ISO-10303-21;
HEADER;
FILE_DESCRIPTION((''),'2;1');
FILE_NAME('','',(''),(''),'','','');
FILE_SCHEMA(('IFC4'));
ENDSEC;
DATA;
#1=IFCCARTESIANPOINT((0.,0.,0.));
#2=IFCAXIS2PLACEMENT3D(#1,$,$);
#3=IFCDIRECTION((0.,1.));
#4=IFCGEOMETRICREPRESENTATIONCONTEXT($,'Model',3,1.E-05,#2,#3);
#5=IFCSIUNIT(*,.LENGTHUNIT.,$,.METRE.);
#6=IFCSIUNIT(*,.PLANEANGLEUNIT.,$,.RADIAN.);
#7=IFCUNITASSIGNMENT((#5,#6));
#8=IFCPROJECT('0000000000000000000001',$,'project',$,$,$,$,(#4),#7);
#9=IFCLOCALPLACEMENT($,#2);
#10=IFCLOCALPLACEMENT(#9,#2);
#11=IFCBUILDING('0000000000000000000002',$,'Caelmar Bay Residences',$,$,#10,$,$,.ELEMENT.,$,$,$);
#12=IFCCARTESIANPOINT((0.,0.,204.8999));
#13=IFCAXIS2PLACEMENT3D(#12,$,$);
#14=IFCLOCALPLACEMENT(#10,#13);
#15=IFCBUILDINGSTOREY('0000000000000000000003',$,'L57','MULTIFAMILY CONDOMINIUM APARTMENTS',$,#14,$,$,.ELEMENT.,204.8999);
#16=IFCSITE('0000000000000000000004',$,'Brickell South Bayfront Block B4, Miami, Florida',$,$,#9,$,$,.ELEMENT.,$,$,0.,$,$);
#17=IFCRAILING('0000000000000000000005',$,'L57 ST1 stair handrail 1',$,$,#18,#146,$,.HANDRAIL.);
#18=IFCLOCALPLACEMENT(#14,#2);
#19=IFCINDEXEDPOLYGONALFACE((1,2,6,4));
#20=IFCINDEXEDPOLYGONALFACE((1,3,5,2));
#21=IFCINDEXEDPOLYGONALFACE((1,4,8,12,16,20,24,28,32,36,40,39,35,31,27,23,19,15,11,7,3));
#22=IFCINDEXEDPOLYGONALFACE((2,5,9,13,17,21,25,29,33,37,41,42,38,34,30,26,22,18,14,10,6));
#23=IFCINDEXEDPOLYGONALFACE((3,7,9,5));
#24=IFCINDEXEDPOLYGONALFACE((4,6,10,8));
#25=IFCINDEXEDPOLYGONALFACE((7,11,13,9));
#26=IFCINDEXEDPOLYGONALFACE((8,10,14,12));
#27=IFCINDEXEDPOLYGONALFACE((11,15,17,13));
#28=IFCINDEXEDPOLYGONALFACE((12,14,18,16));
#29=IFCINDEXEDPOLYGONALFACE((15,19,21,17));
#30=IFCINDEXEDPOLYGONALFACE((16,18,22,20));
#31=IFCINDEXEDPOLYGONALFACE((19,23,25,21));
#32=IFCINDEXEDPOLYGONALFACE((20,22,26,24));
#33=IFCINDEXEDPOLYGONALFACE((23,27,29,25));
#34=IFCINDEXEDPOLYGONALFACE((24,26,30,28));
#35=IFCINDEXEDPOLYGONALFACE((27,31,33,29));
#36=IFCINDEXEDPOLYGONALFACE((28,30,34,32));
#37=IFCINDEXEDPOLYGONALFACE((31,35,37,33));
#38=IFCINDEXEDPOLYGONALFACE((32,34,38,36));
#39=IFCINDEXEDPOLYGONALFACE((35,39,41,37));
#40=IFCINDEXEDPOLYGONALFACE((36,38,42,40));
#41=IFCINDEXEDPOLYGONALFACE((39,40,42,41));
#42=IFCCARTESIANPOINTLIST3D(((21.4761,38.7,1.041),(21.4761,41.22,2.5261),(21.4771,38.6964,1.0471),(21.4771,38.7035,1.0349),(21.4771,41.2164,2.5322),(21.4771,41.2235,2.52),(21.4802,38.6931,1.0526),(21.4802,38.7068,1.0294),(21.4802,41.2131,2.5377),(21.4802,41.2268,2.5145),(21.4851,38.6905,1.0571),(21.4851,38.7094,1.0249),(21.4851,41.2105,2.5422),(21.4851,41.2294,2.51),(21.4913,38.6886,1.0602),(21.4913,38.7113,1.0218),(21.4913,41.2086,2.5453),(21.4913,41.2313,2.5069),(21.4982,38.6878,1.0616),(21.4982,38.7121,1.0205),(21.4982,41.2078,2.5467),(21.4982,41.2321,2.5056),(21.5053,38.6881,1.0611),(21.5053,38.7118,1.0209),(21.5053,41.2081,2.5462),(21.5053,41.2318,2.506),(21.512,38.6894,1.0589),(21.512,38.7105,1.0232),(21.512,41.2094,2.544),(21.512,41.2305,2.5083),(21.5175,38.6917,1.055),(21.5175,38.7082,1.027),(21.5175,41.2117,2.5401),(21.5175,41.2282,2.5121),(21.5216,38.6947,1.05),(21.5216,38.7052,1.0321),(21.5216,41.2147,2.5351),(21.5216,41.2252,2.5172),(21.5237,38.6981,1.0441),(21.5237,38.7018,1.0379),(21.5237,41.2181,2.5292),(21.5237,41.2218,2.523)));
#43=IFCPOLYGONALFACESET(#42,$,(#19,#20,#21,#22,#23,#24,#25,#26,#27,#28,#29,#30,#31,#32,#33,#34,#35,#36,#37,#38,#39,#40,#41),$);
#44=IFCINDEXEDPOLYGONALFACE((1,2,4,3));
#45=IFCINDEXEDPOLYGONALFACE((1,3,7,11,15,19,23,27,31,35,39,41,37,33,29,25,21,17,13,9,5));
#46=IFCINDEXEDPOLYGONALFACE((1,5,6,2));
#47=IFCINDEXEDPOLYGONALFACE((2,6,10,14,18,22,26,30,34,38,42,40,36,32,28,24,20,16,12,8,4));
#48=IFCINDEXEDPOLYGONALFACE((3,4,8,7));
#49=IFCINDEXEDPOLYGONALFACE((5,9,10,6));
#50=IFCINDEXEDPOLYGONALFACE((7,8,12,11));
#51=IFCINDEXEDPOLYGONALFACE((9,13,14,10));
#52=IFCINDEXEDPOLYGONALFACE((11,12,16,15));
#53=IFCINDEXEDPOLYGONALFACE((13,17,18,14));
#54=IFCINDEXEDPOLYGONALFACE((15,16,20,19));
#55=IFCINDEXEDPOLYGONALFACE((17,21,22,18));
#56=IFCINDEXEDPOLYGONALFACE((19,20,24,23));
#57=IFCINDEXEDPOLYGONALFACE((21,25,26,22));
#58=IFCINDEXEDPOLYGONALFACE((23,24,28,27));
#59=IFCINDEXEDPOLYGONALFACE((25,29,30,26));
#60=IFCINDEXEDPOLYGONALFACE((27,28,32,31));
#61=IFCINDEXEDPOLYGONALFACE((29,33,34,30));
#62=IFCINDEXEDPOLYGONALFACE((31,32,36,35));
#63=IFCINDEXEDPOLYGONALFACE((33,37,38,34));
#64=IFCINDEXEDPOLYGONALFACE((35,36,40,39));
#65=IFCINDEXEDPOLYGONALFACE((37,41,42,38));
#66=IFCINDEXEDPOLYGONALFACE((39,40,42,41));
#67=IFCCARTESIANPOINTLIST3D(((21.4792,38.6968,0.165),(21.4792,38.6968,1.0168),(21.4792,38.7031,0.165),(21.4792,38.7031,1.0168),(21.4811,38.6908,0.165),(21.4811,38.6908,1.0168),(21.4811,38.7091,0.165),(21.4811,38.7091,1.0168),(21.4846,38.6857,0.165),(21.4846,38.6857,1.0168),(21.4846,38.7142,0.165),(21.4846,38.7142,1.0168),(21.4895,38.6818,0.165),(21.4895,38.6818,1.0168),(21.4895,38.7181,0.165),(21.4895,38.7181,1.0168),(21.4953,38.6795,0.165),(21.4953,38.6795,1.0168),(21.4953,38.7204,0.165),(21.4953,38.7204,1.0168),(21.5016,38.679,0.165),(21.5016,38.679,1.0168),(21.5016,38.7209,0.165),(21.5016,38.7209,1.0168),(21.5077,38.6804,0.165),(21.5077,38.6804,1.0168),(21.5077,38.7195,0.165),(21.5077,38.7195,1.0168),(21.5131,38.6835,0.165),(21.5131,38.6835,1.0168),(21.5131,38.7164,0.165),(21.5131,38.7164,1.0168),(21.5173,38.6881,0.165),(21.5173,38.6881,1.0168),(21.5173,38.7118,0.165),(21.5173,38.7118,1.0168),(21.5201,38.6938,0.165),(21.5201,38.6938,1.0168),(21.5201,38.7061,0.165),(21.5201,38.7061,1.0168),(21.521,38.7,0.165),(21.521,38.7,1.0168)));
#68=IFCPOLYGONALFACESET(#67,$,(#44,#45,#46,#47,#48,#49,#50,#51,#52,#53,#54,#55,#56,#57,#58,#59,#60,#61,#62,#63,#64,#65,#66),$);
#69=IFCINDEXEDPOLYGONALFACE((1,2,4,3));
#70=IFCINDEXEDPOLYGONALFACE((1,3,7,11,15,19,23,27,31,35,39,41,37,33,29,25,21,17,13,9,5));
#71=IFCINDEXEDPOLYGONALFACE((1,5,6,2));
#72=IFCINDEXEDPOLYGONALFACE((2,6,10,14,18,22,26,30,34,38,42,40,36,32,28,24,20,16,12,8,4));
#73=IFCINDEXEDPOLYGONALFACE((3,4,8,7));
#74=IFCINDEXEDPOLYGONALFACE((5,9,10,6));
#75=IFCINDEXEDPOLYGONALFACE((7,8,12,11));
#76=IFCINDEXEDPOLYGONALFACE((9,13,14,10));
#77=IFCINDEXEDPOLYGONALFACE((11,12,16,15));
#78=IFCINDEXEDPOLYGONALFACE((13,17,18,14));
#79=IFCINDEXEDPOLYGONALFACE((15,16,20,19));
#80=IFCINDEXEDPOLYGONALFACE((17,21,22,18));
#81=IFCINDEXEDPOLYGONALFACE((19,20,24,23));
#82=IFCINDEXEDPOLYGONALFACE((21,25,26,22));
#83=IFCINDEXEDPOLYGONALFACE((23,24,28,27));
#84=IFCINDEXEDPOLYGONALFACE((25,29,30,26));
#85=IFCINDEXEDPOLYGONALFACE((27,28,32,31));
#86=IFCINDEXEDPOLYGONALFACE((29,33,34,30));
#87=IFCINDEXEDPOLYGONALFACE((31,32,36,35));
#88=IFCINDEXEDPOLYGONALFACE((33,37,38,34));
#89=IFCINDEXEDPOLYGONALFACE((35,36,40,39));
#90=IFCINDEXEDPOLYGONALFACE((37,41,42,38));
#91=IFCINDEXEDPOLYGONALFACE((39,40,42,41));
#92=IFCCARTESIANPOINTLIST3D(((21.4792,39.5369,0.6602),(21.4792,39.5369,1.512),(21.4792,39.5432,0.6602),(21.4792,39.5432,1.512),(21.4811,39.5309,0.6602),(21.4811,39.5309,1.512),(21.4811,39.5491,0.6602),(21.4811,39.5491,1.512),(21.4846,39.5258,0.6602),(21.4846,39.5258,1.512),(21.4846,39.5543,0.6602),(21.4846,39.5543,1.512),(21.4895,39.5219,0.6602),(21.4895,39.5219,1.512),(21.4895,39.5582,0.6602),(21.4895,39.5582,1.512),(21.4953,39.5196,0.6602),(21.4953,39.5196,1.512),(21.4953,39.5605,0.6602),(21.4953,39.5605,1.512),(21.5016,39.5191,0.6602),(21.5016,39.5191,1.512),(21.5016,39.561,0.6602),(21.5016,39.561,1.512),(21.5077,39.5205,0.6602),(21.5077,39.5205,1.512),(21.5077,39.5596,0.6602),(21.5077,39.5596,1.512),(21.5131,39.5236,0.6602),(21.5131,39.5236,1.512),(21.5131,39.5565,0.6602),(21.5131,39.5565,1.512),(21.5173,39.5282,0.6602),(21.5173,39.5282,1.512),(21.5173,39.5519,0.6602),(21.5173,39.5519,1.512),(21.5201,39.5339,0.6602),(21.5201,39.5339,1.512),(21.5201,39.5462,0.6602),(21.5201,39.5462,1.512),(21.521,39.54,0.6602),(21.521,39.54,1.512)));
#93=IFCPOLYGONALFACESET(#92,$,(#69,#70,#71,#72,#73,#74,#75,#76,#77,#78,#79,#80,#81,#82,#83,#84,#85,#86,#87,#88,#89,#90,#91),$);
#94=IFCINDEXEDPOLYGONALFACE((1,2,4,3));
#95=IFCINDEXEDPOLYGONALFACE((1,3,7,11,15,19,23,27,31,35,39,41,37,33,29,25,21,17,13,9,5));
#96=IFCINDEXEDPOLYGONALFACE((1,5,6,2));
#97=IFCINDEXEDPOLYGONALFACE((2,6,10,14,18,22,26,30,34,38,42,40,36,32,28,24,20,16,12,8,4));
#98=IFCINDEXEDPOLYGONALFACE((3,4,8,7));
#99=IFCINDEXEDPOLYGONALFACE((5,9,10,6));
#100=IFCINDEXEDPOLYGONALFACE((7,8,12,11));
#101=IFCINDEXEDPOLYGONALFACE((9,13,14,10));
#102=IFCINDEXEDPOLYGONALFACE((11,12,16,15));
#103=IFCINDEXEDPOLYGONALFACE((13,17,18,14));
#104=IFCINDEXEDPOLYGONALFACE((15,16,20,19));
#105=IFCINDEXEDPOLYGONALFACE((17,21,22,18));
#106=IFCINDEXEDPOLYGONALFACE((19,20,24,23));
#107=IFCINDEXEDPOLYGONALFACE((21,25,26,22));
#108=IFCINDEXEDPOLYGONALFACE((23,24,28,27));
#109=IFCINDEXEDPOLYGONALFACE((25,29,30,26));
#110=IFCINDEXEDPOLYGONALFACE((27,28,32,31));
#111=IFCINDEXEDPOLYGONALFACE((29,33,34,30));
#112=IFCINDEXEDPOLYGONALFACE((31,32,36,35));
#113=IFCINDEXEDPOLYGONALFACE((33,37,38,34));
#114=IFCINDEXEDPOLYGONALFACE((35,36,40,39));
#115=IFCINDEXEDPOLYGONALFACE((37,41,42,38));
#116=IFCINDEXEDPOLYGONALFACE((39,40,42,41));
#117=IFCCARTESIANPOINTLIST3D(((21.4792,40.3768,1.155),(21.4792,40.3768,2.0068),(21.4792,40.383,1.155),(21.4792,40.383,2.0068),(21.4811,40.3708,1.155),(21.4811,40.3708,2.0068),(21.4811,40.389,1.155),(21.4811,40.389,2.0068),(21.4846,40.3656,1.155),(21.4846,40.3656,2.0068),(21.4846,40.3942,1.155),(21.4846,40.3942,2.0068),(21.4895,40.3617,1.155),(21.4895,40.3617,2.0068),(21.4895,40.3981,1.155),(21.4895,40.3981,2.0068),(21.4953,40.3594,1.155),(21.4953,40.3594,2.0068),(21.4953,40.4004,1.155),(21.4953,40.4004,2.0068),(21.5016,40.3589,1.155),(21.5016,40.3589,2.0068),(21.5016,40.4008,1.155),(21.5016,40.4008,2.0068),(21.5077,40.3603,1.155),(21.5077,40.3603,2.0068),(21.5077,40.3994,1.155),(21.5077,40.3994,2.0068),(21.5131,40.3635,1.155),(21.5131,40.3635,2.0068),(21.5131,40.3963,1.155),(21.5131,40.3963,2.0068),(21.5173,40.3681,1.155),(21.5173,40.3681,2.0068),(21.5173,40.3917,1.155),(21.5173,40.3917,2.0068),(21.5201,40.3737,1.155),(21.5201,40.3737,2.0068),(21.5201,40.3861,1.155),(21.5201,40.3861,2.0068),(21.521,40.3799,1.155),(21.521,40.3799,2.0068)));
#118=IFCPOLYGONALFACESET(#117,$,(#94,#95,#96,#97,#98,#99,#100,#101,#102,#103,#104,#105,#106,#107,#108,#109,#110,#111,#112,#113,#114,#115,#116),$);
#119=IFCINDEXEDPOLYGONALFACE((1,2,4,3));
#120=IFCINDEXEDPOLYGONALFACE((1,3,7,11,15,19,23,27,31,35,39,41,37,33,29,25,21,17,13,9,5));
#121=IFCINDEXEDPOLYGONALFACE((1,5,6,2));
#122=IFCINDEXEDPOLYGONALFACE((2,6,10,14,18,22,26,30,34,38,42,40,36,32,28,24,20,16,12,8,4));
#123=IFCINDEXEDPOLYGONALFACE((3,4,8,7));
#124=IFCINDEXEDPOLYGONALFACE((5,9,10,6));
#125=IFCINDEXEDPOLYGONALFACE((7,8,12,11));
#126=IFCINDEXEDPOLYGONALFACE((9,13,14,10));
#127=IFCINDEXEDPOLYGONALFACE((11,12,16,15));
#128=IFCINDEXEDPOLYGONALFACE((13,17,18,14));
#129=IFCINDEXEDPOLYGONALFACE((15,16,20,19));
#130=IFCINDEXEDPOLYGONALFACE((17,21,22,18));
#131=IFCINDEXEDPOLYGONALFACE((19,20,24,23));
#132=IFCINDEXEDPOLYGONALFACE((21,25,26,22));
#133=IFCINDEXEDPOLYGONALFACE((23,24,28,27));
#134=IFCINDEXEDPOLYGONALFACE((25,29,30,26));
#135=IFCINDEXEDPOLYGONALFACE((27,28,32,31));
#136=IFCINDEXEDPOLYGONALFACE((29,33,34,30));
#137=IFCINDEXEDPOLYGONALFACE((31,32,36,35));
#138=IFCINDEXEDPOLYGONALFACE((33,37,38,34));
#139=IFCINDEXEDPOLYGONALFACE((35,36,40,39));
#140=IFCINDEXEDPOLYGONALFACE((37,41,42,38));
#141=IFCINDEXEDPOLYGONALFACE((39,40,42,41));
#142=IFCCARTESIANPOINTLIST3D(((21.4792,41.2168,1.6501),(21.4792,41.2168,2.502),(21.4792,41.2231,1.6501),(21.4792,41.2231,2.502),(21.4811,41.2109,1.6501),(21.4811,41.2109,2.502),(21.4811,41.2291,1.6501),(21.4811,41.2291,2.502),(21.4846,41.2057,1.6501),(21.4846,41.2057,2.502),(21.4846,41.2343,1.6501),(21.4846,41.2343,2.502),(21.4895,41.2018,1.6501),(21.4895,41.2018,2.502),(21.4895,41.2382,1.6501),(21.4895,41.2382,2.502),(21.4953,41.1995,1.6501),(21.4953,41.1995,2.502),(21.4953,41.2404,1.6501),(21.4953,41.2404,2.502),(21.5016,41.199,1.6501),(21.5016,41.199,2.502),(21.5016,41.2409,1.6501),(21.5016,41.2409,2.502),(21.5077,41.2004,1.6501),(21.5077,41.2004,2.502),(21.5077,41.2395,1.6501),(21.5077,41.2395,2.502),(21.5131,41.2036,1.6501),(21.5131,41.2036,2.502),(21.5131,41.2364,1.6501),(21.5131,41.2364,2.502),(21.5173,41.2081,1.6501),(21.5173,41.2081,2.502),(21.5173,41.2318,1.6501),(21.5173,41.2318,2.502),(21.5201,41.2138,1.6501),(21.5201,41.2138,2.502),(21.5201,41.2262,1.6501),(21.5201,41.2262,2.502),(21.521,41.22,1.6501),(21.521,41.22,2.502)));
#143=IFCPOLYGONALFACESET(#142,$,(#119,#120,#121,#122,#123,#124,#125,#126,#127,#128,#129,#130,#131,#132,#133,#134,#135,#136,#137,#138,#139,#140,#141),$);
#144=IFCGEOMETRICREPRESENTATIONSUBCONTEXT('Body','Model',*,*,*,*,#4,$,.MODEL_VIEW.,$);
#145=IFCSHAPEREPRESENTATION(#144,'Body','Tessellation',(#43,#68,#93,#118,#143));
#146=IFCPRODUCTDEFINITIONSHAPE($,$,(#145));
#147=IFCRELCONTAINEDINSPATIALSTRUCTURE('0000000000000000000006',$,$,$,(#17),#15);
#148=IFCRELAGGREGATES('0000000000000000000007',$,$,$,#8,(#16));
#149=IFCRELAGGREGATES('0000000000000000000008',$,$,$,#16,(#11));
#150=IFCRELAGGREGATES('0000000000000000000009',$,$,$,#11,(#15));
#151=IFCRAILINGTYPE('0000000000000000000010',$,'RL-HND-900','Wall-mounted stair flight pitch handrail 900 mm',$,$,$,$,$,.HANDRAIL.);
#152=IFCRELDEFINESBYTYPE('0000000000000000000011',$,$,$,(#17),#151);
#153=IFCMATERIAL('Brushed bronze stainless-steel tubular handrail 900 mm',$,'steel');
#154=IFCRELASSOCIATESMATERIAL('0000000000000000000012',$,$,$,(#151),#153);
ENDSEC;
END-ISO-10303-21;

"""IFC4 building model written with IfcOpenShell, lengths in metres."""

from ifc_helpers import new_model, si_unit, direction, frame, origin, origin_2d, place, context, subcontext, project, spatial, circle, extrude, material, type_object, element, save


model = new_model("IFC4")

# Units and contexts
model_context = context("Model", 3, precision=1e-05, world=origin(), true_north=direction((0.0, 1.0)))
body_context = subcontext(model_context, "Body", "Model", "MODEL_VIEW")
ifc_project = project(units=[si_unit("LENGTHUNIT", "METRE"), si_unit("PLANEANGLEUNIT", "RADIAN")], contexts=[model_context])

# Site, building, storey
site_placement = place(None, origin())
site = spatial("IfcSite", under=ifc_project, at=site_placement, Name="Brickell South Bayfront Block B4, Miami, Florida", CompositionType="ELEMENT", RefElevation=0.0)
building_placement = place(site_placement, origin())
building = spatial("IfcBuilding", under=site, at=building_placement, Name="Caelmar Bay Residences", CompositionType="ELEMENT")
storey_placement = place(building_placement, frame((0.0, 0.0, 204.8999)))
storey = spatial("IfcBuildingStorey", under=building, at=storey_placement, Name="L57", Description="MULTIFAMILY CONDOMINIUM APARTMENTS", CompositionType="ELEMENT", Elevation=204.8999)

# Railing
ifc_material_1 = material(Name="Brushed bronze stainless-steel tubular handrail 900 mm", Category="steel")
railing_type_1 = type_object("IfcRailingType", Name="RL-HND-900", Description="Wall-mounted stair flight pitch handrail 900 mm", PredefinedType="HANDRAIL", material=ifc_material_1)
railing_1_placement = place(storey_placement, frame((21.5, 38.7, 0.165)))
element("IfcRailing", 1, at=railing_1_placement, inside=storey, type_object=railing_type_1, Name="L57 ST1 stair handrail 1", PredefinedType="HANDRAIL", context=body_context, shape_type="SweptSolid", body=[
    extrude(circle(Radius=0.0239, at=origin_2d()), frame((0.0, 0.0, 0.876), z_axis=(0.0, 0.861524, 0.507717), x_axis=(-1.0, 0.0, 0.0)), (0.0, 0.0, 1.0), 2.925),
    extrude(circle(Radius=0.021, at=origin_2d()), origin(), (0.0, 0.0, 1.0), 0.8518),
    extrude(circle(Radius=0.021, at=origin_2d()), frame((0.0, 0.8401, 0.4951)), (0.0, 0.0, 1.0), 0.8518),
    extrude(circle(Radius=0.021, at=origin_2d()), frame((0.0, 1.6799, 0.99)), (0.0, 0.0, 1.0), 0.8518),
    extrude(circle(Radius=0.021, at=origin_2d()), frame((0.0, 2.52, 1.4851)), (0.0, 0.0, 1.0), 0.8518),
])

save(model, "model.ifc")
